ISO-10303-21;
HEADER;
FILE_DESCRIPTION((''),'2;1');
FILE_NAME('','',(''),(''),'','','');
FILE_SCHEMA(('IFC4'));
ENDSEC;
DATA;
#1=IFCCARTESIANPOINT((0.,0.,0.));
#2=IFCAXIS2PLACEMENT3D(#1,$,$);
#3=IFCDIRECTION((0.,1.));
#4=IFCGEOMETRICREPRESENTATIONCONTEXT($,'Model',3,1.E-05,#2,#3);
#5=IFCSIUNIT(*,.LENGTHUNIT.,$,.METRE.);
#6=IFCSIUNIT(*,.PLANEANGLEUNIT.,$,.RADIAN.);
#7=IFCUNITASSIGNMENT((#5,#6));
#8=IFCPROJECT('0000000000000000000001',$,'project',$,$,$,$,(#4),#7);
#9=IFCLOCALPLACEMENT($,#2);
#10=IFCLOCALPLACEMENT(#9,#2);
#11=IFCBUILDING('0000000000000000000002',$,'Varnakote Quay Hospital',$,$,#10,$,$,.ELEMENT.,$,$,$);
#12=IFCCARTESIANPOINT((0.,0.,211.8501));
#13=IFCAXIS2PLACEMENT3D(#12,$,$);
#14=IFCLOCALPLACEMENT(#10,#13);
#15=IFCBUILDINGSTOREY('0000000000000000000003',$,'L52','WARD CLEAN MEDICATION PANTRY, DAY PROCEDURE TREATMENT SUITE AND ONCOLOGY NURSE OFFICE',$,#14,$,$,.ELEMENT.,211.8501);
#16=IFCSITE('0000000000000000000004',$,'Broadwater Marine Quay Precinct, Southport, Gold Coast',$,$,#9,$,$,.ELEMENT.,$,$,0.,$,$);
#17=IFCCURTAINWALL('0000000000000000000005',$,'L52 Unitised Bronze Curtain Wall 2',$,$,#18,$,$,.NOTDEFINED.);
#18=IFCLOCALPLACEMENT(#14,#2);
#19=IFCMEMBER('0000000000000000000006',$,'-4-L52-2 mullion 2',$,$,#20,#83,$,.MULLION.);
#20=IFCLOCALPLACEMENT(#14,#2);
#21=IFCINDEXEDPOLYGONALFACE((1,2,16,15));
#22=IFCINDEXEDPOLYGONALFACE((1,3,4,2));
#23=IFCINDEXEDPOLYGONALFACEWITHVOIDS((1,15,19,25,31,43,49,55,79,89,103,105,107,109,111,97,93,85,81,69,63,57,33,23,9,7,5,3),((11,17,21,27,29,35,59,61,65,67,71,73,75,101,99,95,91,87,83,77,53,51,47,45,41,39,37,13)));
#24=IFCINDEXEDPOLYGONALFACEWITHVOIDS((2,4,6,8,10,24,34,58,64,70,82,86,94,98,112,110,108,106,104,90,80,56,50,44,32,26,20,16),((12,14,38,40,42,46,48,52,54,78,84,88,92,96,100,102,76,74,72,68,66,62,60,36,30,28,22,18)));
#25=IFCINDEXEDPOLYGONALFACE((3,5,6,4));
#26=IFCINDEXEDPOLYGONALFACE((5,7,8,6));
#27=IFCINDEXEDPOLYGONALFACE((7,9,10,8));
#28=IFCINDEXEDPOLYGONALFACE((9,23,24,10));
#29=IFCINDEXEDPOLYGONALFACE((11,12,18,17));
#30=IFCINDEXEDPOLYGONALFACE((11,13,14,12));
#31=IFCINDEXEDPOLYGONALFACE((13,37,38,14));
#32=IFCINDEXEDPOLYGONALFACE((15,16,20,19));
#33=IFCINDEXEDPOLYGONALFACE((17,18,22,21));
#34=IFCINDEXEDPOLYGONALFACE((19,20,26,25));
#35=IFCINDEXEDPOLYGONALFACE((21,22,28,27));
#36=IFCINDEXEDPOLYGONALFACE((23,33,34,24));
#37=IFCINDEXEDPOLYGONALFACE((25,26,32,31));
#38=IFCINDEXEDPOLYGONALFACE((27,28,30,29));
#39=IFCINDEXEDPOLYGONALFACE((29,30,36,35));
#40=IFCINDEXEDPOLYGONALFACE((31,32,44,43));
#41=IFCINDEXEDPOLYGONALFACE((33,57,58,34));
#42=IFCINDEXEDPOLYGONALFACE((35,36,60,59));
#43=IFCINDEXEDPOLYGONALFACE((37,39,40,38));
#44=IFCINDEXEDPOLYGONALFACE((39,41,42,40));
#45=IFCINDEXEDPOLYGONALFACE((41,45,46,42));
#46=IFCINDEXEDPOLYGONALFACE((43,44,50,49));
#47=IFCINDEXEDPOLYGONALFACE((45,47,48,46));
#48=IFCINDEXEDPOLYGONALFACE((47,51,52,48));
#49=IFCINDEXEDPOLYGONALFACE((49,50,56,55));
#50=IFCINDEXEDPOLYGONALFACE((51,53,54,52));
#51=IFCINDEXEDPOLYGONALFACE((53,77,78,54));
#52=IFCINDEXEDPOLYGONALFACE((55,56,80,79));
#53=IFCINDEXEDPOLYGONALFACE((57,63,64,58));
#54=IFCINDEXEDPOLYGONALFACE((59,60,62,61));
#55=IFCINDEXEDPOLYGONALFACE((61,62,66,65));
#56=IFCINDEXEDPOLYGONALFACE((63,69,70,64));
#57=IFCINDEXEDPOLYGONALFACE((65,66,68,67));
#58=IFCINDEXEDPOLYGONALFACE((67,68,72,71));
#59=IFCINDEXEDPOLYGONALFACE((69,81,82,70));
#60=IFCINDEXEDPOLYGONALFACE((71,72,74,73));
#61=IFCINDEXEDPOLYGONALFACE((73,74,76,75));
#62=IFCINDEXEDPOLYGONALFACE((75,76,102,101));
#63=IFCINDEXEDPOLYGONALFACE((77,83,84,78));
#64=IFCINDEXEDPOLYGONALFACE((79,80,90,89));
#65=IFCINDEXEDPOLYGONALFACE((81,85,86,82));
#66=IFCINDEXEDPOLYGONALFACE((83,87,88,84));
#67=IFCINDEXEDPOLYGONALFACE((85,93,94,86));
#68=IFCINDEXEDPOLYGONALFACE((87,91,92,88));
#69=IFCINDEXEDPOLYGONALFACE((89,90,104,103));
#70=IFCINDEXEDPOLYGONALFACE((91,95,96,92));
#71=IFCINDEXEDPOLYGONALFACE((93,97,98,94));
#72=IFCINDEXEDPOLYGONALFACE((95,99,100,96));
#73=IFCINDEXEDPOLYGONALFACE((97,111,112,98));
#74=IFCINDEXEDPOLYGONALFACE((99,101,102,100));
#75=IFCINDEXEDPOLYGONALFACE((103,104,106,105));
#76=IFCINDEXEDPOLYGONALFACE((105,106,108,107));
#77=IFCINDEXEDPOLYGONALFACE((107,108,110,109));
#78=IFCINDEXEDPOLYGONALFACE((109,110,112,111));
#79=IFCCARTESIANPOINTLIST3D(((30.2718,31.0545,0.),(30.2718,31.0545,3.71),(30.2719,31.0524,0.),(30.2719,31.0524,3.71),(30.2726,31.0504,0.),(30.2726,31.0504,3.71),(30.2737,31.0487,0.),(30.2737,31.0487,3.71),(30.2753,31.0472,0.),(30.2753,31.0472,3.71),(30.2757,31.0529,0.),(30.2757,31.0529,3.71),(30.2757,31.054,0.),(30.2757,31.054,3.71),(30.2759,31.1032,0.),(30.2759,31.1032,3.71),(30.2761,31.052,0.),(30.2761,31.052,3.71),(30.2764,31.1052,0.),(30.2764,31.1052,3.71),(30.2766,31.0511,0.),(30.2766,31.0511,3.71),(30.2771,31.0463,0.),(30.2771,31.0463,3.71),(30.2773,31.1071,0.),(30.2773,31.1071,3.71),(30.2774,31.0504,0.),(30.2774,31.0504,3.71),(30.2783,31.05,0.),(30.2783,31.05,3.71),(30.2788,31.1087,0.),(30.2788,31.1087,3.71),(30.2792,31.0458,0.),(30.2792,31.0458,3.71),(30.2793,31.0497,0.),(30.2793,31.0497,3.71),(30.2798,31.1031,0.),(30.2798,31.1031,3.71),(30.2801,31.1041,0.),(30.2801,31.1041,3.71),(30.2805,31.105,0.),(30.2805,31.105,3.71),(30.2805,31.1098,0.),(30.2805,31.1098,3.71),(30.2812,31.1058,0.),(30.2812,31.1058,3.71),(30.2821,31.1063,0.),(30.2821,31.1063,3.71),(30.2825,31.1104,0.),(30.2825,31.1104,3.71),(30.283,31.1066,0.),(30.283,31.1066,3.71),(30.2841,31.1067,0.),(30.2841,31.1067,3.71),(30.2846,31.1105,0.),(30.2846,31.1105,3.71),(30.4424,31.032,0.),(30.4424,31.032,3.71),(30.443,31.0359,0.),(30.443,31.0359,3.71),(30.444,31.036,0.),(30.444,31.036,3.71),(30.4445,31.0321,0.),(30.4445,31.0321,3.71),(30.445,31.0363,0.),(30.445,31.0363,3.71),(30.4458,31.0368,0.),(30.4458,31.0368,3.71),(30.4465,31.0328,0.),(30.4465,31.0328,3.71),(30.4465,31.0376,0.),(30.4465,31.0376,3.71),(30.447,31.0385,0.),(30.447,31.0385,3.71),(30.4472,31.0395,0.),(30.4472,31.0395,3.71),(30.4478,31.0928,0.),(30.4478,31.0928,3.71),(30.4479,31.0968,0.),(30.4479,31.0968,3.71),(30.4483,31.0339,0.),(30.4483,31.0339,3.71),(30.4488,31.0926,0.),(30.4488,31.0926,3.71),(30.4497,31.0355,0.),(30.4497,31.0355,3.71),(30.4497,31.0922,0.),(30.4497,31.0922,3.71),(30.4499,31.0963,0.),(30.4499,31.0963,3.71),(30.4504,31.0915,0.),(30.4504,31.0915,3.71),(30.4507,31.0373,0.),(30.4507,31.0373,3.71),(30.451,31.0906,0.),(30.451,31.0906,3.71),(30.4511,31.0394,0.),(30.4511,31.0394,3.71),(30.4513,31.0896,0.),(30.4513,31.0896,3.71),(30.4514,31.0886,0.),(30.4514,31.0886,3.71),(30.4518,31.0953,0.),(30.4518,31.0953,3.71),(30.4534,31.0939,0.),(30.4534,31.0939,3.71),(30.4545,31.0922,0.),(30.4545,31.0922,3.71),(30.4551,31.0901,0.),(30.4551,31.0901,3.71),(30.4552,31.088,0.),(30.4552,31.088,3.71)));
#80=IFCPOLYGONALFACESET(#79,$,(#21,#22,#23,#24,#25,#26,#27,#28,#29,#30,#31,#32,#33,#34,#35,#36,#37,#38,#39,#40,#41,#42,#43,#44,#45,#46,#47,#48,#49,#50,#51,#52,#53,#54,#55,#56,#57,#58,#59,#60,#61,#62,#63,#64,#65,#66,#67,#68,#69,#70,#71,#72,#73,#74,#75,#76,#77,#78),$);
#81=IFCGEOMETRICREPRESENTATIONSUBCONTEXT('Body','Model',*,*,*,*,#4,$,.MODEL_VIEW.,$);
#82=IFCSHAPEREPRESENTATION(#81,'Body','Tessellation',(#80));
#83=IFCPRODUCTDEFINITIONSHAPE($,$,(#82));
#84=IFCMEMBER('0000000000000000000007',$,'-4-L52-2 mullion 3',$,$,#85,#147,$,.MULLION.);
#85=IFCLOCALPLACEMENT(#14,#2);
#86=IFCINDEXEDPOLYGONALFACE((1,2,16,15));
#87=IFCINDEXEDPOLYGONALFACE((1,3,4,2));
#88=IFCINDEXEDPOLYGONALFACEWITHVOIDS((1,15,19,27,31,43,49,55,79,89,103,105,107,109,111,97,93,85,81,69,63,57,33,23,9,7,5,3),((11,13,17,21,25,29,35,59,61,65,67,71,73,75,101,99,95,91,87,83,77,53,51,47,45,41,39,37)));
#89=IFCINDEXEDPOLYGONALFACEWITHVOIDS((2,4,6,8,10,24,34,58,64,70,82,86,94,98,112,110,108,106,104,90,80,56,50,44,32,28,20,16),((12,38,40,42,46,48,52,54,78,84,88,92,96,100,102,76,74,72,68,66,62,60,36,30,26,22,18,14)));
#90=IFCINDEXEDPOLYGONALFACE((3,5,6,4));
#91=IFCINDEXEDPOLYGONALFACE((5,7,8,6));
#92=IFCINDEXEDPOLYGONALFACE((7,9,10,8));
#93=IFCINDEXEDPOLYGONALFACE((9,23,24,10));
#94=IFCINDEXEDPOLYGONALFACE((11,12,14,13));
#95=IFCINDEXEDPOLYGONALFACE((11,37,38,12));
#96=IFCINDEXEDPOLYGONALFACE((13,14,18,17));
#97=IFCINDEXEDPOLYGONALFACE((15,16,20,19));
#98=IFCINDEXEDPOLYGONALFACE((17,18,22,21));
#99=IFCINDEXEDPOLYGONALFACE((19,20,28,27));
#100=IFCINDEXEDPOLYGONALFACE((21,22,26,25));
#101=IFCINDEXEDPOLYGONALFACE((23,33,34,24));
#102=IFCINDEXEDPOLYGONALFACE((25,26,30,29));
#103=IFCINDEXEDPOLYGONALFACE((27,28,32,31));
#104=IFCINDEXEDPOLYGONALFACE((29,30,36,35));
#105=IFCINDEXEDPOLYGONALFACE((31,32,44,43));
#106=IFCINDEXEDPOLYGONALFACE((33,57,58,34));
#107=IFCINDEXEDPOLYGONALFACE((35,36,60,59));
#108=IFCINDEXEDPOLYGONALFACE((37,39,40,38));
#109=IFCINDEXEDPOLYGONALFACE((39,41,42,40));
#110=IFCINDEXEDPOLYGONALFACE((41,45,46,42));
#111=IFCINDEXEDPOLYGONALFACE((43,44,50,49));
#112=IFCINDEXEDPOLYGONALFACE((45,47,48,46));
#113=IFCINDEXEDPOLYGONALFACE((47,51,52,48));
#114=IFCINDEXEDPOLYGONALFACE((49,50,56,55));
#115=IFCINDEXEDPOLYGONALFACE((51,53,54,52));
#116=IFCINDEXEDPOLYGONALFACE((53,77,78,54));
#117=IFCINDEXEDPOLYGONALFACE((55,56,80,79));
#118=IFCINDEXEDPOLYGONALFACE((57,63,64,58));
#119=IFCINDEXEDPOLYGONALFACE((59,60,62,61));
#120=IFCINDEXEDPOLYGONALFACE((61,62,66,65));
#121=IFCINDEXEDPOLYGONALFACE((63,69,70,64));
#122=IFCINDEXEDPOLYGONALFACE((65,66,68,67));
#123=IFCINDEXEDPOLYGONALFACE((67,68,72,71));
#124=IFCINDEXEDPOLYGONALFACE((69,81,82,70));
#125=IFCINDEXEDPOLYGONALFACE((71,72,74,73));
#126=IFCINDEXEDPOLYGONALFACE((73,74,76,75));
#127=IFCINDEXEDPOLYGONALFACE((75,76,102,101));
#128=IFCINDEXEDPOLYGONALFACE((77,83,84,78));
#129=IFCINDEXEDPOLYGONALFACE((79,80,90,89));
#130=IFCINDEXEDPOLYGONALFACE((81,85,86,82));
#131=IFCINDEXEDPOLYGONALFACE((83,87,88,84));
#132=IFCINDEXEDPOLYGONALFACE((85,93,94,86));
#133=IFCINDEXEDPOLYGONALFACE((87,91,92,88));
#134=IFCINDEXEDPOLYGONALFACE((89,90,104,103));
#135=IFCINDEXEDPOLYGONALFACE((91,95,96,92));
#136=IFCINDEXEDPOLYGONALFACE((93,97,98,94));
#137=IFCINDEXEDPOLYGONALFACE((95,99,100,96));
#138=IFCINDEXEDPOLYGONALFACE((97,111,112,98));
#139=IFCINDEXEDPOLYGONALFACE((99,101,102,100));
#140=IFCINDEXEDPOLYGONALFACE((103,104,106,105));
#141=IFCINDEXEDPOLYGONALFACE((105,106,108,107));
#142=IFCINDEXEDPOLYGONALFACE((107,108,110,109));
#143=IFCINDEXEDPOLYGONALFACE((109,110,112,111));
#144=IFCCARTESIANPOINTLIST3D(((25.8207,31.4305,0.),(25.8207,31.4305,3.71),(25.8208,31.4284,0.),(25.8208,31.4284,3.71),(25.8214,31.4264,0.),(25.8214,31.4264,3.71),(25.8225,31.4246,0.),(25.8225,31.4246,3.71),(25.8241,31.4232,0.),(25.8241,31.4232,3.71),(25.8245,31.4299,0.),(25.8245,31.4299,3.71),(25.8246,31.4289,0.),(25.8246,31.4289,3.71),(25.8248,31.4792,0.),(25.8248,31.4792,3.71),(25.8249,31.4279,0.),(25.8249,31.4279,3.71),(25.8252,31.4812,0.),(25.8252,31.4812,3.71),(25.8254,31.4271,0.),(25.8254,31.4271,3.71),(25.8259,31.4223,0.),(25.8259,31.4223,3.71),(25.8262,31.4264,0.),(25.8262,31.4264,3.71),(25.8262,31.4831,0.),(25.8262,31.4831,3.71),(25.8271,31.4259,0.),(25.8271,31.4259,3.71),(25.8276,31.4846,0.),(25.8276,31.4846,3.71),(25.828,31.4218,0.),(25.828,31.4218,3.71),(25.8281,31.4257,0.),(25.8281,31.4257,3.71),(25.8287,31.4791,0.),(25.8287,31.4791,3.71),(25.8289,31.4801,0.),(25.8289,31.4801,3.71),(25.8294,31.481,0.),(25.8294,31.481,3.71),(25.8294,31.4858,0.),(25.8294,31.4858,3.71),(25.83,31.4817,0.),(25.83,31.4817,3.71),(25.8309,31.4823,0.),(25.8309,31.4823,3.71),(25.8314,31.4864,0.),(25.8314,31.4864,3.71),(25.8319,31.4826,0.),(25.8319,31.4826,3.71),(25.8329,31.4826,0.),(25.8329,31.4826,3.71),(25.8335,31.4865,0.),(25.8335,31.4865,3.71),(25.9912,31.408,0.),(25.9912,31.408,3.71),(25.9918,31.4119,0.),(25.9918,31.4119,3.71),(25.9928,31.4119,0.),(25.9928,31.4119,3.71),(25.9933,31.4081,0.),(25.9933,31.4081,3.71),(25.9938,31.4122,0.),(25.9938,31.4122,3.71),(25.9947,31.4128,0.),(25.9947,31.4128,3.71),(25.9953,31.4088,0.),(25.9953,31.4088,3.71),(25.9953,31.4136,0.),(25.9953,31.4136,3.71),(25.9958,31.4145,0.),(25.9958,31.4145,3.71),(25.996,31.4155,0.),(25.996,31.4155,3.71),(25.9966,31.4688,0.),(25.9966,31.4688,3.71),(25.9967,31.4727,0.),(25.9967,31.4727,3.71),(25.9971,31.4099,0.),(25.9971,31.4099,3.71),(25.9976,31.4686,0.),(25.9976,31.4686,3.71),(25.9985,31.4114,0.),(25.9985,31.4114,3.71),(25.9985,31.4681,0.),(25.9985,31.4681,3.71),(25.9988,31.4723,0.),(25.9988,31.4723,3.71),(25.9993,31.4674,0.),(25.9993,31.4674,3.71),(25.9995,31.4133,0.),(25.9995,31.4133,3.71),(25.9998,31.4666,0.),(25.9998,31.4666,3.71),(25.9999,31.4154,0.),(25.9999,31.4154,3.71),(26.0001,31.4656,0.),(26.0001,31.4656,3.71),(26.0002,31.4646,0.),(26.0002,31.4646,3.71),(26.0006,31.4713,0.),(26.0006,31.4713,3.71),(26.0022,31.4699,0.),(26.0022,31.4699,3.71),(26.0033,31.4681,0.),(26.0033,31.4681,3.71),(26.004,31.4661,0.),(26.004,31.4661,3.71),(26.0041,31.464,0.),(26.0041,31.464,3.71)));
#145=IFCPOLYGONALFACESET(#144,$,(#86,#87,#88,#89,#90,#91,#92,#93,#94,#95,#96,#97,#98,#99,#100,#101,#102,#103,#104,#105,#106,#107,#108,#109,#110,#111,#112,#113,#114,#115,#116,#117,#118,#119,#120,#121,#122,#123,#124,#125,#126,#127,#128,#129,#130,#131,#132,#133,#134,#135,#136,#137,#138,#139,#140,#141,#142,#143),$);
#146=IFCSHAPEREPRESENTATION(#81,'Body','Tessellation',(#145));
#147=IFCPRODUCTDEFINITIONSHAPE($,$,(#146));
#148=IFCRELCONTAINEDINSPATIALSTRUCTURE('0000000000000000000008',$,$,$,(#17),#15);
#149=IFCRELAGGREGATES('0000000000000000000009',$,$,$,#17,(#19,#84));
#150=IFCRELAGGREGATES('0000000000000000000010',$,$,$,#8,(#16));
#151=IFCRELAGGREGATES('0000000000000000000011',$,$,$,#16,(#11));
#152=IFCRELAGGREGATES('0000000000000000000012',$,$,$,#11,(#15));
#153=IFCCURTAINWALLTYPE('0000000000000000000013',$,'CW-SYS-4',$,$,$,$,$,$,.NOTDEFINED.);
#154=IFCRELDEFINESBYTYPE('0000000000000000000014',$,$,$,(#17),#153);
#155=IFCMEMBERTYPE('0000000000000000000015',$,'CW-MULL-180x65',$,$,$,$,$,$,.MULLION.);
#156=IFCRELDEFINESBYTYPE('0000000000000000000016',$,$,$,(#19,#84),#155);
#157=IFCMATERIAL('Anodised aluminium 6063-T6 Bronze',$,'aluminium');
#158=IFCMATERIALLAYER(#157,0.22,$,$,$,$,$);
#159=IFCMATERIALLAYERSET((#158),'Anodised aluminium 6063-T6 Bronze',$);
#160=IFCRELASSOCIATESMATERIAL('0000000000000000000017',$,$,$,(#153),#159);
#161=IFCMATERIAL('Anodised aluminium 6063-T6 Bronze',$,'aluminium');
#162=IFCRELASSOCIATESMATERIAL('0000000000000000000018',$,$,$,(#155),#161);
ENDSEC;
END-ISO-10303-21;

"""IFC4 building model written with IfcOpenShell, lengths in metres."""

from ifc_helpers import new_model, si_unit, direction, frame, origin, origin_2d, place, context, subcontext, project, spatial, hollow_rectangle, extrude, material, layer, layer_set, material_profile, profile_set, type_object, element, aggregate, save


model = new_model("IFC4")

# Units and contexts
model_context = context("Model", 3, precision=1e-05, world=origin(), true_north=direction((0.0, 1.0)))
body_context = subcontext(model_context, "Body", "Model", "MODEL_VIEW")
ifc_project = project(units=[si_unit("LENGTHUNIT", "METRE"), si_unit("PLANEANGLEUNIT", "RADIAN")], contexts=[model_context])

# Site, building, storey
site_placement = place(None, origin())
site = spatial("IfcSite", under=ifc_project, at=site_placement, Name="Broadwater Marine Quay Precinct, Southport, Gold Coast", CompositionType="ELEMENT", RefElevation=0.0)
building_placement = place(site_placement, origin())
building = spatial("IfcBuilding", under=site, at=building_placement, Name="Varnakote Quay Hospital", CompositionType="ELEMENT")
storey_placement = place(building_placement, frame((0.0, 0.0, 211.8501)))
storey = spatial("IfcBuildingStorey", under=building, at=storey_placement, Name="L52", Description="WARD CLEAN MEDICATION PANTRY, DAY PROCEDURE TREATMENT SUITE AND ONCOLOGY NURSE OFFICE", CompositionType="ELEMENT", Elevation=211.8501)

# Curtain wall, members
ifc_material_1 = material(Name="Anodised aluminium 6063-T6 Bronze", Category="aluminium")
ifc_layer_1 = layer(ifc_material_1, 0.22)
ifc_layer_set_1 = layer_set([ifc_layer_1], Name="Anodised aluminium 6063-T6 Bronze")
curtain_wall_type = type_object("IfcCurtainWallType", Name="CW-SYS-4", PredefinedType="NOTDEFINED", material=ifc_layer_set_1)
curtain_wall_placement = place(storey_placement, origin())
curtain_wall = element("IfcCurtainWall", 1, at=curtain_wall_placement, inside=storey, type_object=curtain_wall_type, Name="L52 Unitised Bronze Curtain Wall 2", PredefinedType="NOTDEFINED")
ifc_material_2 = material(Name="Anodised aluminium 6063-T6 Bronze", Category="aluminium")
ifc_material_profile_1 = material_profile(ifc_material_2, hollow_rectangle(XDim=0.0649, YDim=0.1799, WallThickness=0.0039, InnerFilletRadius=0.0039, OuterFilletRadius=0.0081, at=origin_2d()), Name="CW-MULL-180x65")
ifc_profile_set_1 = profile_set([ifc_material_profile_1], Name="Anodised aluminium 6063-T6 Bronze")
member_type_1 = type_object("IfcMemberType", Name="CW-MULL-180x65", PredefinedType="MULLION", material=ifc_profile_set_1)
member_1_placement = place(storey_placement, frame((30.3635, 31.0713, 0.0), z_axis=(0.0, 0.0, 1.0), x_axis=(-0.084136, -0.996454, 0.0)))
member_1 = element("IfcMember", 2, at=member_1_placement, type_object=member_type_1, Name="-4-L52-2 mullion 2", PredefinedType="MULLION", context=body_context, shape_type="SweptSolid", body=[
    extrude(hollow_rectangle(XDim=0.0649, YDim=0.1799, WallThickness=0.0039, InnerFilletRadius=0.0039, OuterFilletRadius=0.0081, at=origin_2d()), origin(), (0.0, 0.0, 1.0), 3.71),
])
member_2_placement = place(storey_placement, frame((25.9124, 31.4473, 0.0), z_axis=(0.0, 0.0, 1.0), x_axis=(-0.084136, -0.996454, 0.0)))
member_2 = element("IfcMember", 3, at=member_2_placement, type_object=member_type_1, Name="-4-L52-2 mullion 3", PredefinedType="MULLION", context=body_context, shape_type="SweptSolid", body=[
    extrude(hollow_rectangle(XDim=0.0649, YDim=0.1799, WallThickness=0.0039, InnerFilletRadius=0.0039, OuterFilletRadius=0.0081, at=origin_2d()), origin(), (0.0, 0.0, 1.0), 3.71),
])

aggregate(curtain_wall, [member_1, member_2])

save(model, "model.ifc")
